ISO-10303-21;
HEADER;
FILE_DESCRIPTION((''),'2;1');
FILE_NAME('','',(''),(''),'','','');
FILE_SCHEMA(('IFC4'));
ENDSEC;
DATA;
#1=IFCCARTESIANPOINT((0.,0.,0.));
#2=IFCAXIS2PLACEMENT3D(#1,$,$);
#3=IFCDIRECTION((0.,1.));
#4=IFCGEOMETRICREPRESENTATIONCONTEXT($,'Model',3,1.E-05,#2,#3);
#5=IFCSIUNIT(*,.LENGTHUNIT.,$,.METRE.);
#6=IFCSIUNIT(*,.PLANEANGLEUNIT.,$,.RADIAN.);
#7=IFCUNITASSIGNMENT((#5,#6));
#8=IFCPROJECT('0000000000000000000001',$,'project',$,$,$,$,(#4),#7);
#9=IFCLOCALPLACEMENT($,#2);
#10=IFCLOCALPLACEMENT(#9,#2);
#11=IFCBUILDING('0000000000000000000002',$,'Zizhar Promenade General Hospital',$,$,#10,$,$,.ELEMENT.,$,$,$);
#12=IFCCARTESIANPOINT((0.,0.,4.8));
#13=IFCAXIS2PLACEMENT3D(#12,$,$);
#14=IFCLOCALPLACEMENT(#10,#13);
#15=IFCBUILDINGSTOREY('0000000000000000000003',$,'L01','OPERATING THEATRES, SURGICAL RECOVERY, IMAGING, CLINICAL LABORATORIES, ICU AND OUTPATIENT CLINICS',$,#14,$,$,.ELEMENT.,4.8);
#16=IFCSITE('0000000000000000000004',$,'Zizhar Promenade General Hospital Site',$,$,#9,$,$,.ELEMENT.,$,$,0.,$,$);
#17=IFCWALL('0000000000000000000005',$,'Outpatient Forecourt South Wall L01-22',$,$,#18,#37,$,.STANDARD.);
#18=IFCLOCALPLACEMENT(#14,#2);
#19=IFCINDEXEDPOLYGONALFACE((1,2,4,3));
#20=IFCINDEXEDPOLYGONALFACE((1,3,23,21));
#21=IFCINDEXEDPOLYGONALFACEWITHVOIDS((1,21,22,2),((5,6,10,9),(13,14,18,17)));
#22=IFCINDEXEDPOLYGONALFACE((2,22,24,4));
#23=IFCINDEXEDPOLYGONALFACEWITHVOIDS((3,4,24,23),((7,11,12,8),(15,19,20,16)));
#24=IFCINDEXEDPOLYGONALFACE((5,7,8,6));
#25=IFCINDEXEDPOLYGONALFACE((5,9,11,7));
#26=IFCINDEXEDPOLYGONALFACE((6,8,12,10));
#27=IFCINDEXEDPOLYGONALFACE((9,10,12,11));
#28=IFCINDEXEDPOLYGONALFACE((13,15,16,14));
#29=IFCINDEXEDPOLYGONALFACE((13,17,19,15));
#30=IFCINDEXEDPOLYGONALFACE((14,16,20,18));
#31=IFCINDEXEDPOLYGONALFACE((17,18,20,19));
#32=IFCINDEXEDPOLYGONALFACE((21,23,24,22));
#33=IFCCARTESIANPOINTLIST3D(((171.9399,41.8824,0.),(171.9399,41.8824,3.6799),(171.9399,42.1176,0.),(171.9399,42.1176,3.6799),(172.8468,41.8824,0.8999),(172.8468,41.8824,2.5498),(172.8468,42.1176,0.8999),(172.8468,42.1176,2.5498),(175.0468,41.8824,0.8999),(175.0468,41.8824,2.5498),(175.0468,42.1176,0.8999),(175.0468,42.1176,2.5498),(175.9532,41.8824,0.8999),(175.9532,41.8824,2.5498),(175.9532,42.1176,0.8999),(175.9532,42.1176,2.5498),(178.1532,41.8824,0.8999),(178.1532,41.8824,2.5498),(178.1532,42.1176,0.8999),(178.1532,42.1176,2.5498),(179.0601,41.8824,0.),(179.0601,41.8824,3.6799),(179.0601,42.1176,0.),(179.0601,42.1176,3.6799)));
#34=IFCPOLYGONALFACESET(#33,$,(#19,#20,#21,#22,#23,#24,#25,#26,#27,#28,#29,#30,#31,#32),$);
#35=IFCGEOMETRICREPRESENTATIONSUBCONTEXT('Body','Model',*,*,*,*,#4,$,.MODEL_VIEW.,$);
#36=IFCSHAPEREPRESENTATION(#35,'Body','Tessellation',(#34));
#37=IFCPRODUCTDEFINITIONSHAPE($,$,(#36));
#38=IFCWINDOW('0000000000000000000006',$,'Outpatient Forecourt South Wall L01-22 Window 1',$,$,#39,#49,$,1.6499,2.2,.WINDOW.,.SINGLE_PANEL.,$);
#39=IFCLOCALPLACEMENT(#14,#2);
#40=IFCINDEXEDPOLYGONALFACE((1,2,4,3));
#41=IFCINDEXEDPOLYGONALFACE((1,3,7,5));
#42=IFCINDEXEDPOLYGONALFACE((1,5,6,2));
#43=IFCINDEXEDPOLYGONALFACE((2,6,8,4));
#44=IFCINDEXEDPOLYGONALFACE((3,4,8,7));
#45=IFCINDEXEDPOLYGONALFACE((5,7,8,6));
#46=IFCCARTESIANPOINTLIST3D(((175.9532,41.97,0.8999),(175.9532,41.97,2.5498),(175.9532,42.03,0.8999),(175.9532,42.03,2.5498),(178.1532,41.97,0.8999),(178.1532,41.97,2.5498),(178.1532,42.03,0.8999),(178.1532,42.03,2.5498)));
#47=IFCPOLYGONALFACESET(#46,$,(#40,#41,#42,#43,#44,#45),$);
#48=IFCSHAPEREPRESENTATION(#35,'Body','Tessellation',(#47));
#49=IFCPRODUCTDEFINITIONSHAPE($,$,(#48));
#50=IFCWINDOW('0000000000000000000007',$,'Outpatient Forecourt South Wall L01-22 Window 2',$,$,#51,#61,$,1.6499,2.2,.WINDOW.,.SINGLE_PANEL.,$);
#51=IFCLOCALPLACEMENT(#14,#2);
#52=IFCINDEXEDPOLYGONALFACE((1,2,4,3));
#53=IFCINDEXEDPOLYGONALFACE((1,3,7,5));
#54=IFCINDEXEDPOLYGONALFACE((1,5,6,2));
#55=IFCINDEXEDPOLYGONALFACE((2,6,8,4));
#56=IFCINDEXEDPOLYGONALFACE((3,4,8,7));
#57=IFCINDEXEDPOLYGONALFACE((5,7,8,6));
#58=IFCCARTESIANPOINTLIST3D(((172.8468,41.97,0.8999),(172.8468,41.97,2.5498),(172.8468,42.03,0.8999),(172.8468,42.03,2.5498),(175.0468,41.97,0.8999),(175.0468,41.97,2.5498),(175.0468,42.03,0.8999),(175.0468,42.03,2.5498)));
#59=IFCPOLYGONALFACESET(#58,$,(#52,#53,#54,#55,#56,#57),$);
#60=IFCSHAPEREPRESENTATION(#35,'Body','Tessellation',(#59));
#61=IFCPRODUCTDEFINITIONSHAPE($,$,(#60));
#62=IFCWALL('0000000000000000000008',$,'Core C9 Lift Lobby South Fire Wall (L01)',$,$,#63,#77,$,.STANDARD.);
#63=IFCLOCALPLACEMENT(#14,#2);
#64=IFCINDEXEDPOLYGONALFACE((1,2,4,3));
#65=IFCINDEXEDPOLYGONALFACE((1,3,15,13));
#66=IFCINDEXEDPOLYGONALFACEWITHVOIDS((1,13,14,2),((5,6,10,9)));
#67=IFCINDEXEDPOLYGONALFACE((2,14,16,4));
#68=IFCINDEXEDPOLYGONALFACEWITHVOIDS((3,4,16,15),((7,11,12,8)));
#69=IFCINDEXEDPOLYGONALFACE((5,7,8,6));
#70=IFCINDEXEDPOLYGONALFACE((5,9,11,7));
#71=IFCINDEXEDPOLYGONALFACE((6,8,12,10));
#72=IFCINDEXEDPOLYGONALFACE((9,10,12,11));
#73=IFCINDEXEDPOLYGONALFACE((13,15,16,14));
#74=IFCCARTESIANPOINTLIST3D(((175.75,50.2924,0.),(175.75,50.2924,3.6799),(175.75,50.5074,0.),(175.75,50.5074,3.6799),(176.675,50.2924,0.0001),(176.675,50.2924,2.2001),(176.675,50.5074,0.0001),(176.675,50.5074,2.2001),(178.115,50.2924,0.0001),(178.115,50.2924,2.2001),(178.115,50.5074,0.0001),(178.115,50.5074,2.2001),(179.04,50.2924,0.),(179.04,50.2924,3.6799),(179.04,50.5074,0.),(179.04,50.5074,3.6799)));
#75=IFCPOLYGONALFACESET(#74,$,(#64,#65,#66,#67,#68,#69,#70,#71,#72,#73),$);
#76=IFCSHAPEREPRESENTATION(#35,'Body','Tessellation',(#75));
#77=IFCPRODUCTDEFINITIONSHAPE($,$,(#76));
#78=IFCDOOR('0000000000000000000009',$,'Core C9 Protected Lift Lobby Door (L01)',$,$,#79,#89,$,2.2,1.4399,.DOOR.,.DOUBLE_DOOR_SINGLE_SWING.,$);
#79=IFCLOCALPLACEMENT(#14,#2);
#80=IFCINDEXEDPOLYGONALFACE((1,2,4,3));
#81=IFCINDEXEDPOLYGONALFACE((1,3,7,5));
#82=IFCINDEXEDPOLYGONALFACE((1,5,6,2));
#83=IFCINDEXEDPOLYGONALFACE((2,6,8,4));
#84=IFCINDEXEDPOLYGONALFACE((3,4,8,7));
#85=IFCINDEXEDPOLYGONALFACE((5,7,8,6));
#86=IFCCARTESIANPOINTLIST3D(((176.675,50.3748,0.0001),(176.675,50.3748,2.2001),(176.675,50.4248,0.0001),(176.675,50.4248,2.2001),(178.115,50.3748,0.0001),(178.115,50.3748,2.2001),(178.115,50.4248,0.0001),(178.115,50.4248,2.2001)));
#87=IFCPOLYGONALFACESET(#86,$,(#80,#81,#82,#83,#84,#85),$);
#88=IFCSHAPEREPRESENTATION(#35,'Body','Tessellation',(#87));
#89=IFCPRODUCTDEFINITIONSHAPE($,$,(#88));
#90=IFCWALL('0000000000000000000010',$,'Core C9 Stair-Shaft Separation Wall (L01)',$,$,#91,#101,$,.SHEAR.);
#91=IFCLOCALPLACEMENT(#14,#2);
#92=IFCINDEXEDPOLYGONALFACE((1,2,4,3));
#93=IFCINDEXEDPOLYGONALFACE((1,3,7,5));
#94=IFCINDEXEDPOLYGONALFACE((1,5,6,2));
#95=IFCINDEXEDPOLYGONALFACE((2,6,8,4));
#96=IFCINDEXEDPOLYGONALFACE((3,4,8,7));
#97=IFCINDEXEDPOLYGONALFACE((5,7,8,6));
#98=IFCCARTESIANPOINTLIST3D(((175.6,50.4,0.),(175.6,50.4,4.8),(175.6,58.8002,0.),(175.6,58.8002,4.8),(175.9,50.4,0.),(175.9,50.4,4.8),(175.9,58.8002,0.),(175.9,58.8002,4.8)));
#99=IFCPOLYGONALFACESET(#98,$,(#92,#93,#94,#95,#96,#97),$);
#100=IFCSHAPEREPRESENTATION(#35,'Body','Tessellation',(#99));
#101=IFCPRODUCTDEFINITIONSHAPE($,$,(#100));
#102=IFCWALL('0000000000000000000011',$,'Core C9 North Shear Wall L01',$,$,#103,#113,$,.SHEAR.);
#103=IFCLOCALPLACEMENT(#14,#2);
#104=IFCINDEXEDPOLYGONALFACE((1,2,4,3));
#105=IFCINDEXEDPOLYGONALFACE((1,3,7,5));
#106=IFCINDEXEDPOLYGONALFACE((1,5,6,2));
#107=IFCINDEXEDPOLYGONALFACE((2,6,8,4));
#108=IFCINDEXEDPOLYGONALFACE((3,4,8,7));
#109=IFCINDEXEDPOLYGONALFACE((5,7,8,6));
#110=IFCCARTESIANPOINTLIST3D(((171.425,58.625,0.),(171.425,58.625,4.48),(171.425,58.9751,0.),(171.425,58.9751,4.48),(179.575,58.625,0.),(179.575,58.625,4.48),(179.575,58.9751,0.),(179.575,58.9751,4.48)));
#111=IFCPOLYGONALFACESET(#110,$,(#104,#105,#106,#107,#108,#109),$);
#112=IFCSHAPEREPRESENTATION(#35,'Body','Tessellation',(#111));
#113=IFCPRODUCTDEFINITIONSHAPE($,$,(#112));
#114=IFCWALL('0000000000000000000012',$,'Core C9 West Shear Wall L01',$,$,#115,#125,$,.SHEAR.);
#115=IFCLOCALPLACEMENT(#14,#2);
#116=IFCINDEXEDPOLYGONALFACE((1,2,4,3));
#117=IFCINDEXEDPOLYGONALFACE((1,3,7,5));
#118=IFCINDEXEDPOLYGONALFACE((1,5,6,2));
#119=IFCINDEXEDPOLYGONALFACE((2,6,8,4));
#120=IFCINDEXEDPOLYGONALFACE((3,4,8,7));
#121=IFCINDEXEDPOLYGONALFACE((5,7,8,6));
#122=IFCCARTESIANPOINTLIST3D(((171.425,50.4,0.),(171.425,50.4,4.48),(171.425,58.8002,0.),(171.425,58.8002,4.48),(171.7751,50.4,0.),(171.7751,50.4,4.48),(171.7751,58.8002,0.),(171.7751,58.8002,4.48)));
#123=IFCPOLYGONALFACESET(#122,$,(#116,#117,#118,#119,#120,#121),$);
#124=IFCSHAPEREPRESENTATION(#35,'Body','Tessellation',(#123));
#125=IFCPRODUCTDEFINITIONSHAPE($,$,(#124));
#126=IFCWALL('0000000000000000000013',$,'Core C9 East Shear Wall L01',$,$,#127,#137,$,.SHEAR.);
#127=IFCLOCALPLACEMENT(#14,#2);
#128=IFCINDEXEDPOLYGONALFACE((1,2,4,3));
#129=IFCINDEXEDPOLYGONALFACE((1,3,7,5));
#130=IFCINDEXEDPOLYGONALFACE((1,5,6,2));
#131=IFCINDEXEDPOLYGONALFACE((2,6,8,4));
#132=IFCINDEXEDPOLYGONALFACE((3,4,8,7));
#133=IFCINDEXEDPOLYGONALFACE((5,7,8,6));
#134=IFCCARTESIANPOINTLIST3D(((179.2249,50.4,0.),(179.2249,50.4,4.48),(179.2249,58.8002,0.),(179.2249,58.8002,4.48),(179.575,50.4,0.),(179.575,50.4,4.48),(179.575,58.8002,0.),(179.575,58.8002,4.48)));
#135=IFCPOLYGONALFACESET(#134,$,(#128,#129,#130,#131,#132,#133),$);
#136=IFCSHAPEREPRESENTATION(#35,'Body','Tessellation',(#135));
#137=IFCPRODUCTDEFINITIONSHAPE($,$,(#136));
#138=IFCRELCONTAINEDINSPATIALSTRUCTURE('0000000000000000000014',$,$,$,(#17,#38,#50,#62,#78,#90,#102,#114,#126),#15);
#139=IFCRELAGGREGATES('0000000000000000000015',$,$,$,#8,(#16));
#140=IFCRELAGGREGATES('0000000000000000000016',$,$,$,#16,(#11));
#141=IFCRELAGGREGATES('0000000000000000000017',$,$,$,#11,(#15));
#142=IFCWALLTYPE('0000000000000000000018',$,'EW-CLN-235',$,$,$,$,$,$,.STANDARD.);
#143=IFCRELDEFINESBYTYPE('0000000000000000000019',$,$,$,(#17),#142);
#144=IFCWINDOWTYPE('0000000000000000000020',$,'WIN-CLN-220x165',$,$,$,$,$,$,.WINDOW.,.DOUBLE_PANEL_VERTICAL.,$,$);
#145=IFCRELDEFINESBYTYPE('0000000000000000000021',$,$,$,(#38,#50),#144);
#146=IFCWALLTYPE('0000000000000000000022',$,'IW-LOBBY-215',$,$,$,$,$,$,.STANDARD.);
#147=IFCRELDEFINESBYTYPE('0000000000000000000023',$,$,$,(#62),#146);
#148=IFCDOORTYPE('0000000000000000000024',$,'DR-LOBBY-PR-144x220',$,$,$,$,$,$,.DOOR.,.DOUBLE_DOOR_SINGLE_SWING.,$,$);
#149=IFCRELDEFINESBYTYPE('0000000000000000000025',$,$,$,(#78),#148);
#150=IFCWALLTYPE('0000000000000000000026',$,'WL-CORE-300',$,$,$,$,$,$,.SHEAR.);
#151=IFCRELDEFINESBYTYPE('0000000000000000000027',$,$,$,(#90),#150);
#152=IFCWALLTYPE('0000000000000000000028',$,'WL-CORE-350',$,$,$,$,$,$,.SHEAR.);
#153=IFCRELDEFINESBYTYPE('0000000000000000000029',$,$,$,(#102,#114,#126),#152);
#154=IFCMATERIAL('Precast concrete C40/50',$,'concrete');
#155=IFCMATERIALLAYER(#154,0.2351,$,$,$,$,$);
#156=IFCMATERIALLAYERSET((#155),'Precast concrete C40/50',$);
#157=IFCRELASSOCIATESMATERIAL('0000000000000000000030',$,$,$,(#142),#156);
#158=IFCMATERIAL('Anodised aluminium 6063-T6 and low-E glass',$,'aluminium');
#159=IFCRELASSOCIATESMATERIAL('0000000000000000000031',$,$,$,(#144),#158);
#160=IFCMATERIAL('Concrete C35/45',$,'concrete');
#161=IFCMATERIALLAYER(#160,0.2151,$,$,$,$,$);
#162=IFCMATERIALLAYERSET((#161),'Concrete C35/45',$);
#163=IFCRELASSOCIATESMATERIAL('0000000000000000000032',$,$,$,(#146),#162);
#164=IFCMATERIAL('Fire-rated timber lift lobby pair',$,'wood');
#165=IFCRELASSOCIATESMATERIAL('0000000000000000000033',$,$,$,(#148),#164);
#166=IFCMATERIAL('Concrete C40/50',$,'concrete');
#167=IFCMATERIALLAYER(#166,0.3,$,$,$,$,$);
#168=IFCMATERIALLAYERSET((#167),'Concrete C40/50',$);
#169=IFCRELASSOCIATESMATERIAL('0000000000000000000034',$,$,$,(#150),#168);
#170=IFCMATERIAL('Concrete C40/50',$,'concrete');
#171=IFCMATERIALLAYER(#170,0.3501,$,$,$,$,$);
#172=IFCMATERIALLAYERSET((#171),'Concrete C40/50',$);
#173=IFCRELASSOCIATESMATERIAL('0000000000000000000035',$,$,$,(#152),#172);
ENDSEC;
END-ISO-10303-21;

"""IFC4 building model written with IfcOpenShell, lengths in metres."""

from ifc_helpers import new_model, si_unit, direction, frame, frame_2d, origin, place, context, subcontext, project, spatial, rectangle, extrude, material, layer, layer_set, type_object, element, fill, save


model = new_model("IFC4")

# Units and contexts
model_context = context("Model", 3, precision=1e-05, world=origin(), true_north=direction((0.0, 1.0)))
body_context = subcontext(model_context, "Body", "Model", "MODEL_VIEW")
ifc_project = project(units=[si_unit("LENGTHUNIT", "METRE"), si_unit("PLANEANGLEUNIT", "RADIAN")], contexts=[model_context])

# Site, building, storey
site_placement = place(None, origin())
site = spatial("IfcSite", under=ifc_project, at=site_placement, Name="Zizhar Promenade General Hospital Site", CompositionType="ELEMENT", RefElevation=0.0)
building_placement = place(site_placement, origin())
building = spatial("IfcBuilding", under=site, at=building_placement, Name="Zizhar Promenade General Hospital", CompositionType="ELEMENT")
storey_placement = place(building_placement, frame((0.0, 0.0, 4.8)))
storey = spatial("IfcBuildingStorey", under=building, at=storey_placement, Name="L01", Description="OPERATING THEATRES, SURGICAL RECOVERY, IMAGING, CLINICAL LABORATORIES, ICU AND OUTPATIENT CLINICS", CompositionType="ELEMENT", Elevation=4.8)

# Wall, openings, windows
ifc_material_1 = material(Name="Precast concrete C40/50", Category="concrete")
ifc_layer_1 = layer(ifc_material_1, 0.2351)
ifc_layer_set_1 = layer_set([ifc_layer_1], Name="Precast concrete C40/50")
wall_type_1 = type_object("IfcWallType", Name="EW-CLN-235", PredefinedType="STANDARD", material=ifc_layer_set_1)
wall_1_placement = place(storey_placement, frame((179.0601, 42.0, 0.0), z_axis=(0.0, 0.0, 1.0), x_axis=(-1.0, 0.0, 0.0)))
wall_1 = element("IfcWall", 1, at=wall_1_placement, inside=storey, type_object=wall_type_1, Name="Outpatient Forecourt South Wall L01-22", PredefinedType="STANDARD", context=body_context, shape_type="SweptSolid", body=[
    extrude(rectangle(XDim=7.1201, YDim=0.2351, at=frame_2d((3.5601, 0.0))), origin(), (0.0, 0.0, 1.0), 3.6799),
])
opening_1_placement = place(wall_1_placement, frame((0.9067, 0.0, 0.8999)))
opening_1 = element("IfcOpeningElement", 2, at=opening_1_placement, cuts=wall_1, PredefinedType="OPENING", context=body_context, shape_type="SweptSolid", body=[
    extrude(rectangle(XDim=2.2, YDim=1.6499, at=frame_2d((1.1001, 0.825))), frame((0.0, 0.1274, 0.0), z_axis=(0.0, -1.0, 0.0), x_axis=(1.0, 0.0, 0.0)), (0.0, 0.0, 1.0), 0.2551),
])
opening_2_placement = place(wall_1_placement, frame((4.0132, 0.0, 0.8999)))
opening_2 = element("IfcOpeningElement", 3, at=opening_2_placement, cuts=wall_1, PredefinedType="OPENING", context=body_context, shape_type="SweptSolid", body=[
    extrude(rectangle(XDim=2.2, YDim=1.6499, at=frame_2d((1.1001, 0.825))), frame((0.0, 0.1274, 0.0), z_axis=(0.0, -1.0, 0.0), x_axis=(1.0, 0.0, 0.0)), (0.0, 0.0, 1.0), 0.2551),
])
ifc_material_2 = material(Name="Anodised aluminium 6063-T6 and low-E glass", Category="aluminium")
window_type = type_object("IfcWindowType", Name="WIN-CLN-220x165", PartitioningType="DOUBLE_PANEL_VERTICAL", PredefinedType="WINDOW", material=ifc_material_2)
window_1_placement = place(opening_1_placement, origin())
window_1 = element("IfcWindow", 4, at=window_1_placement, inside=storey, type_object=window_type, Name="Outpatient Forecourt South Wall L01-22 Window 1", OverallHeight=1.6499, OverallWidth=2.2, PartitioningType="SINGLE_PANEL", PredefinedType="WINDOW", context=body_context, shape_type="SweptSolid", body=[
    extrude(rectangle(XDim=2.2, YDim=1.6499, at=frame_2d((1.1001, 0.825))), frame((0.0, 0.03, 0.0), z_axis=(0.0, -1.0, 0.0), x_axis=(1.0, 0.0, 0.0)), (0.0, 0.0, 1.0), 0.0601),
])
fill(opening_1, window_1)
window_2_placement = place(opening_2_placement, origin())
window_2 = element("IfcWindow", 5, at=window_2_placement, inside=storey, type_object=window_type, Name="Outpatient Forecourt South Wall L01-22 Window 2", OverallHeight=1.6499, OverallWidth=2.2, PartitioningType="SINGLE_PANEL", PredefinedType="WINDOW", context=body_context, shape_type="SweptSolid", body=[
    extrude(rectangle(XDim=2.2, YDim=1.6499, at=frame_2d((1.1001, 0.825))), frame((0.0, 0.03, 0.0), z_axis=(0.0, -1.0, 0.0), x_axis=(1.0, 0.0, 0.0)), (0.0, 0.0, 1.0), 0.0601),
])
fill(opening_2, window_2)

# Wall, opening, door
ifc_material_3 = material(Name="Concrete C35/45", Category="concrete")
ifc_layer_2 = layer(ifc_material_3, 0.2151)
ifc_layer_set_2 = layer_set([ifc_layer_2], Name="Concrete C35/45")
wall_type_2 = type_object("IfcWallType", Name="IW-LOBBY-215", PredefinedType="STANDARD", material=ifc_layer_set_2)
wall_2_placement = place(storey_placement, frame((175.75, 50.3999, 0.0), z_axis=(0.0, 0.0, 1.0), x_axis=(1.0, 0.0, 0.0)))
wall_2 = element("IfcWall", 6, at=wall_2_placement, inside=storey, type_object=wall_type_2, Name="Core C9 Lift Lobby South Fire Wall (L01)", PredefinedType="STANDARD", context=body_context, shape_type="SweptSolid", body=[
    extrude(rectangle(XDim=3.29, YDim=0.2151, at=frame_2d((1.645, 0.0))), origin(), (0.0, 0.0, 1.0), 3.6799),
])
opening_3_placement = place(wall_2_placement, frame((0.925, 0.0, 0.0)))
opening_3 = element("IfcOpeningElement", 7, at=opening_3_placement, cuts=wall_2, PredefinedType="OPENING", context=body_context, shape_type="SweptSolid", body=[
    extrude(rectangle(XDim=1.4399, YDim=2.2, at=frame_2d((0.72, 1.1001))), frame((0.0, 0.1177, 0.0), z_axis=(0.0, -1.0, 0.0), x_axis=(1.0, 0.0, 0.0)), (0.0, 0.0, 1.0), 0.2351),
])
ifc_material_4 = material(Name="Fire-rated timber lift lobby pair", Category="wood")
door_type_1 = type_object("IfcDoorType", Name="DR-LOBBY-PR-144x220", OperationType="DOUBLE_DOOR_SINGLE_SWING", PredefinedType="DOOR", material=ifc_material_4)
door_1_placement = place(opening_3_placement, origin())
door_1 = element("IfcDoor", 8, at=door_1_placement, inside=storey, type_object=door_type_1, Name="Core C9 Protected Lift Lobby Door (L01)", OperationType="DOUBLE_DOOR_SINGLE_SWING", OverallHeight=2.2, OverallWidth=1.4399, PredefinedType="DOOR", context=body_context, shape_type="SweptSolid", body=[
    extrude(rectangle(XDim=1.4399, YDim=2.2, at=frame_2d((0.72, 1.1001))), frame((0.0, 0.0249, 0.0), z_axis=(0.0, -1.0, 0.0), x_axis=(1.0, 0.0, 0.0)), (0.0, 0.0, 1.0), 0.05),
])
fill(opening_3, door_1)
ifc_material_5 = material(Name="Concrete C40/50", Category="concrete")
ifc_layer_3 = layer(ifc_material_5, 0.3)
ifc_layer_set_3 = layer_set([ifc_layer_3], Name="Concrete C40/50")
wall_type_3 = type_object("IfcWallType", Name="WL-CORE-300", PredefinedType="SHEAR", material=ifc_layer_set_3)

# Walls
wall_3_placement = place(storey_placement, frame((175.75, 50.3999, 0.0), z_axis=(0.0, 0.0, 1.0), x_axis=(0.0, 1.0, 0.0)))
element("IfcWall", 9, at=wall_3_placement, inside=storey, type_object=wall_type_3, Name="Core C9 Stair-Shaft Separation Wall (L01)", PredefinedType="SHEAR", context=body_context, shape_type="SweptSolid", body=[
    extrude(rectangle(XDim=8.4001, YDim=0.3, at=frame_2d((4.2002, 0.0))), origin(), (0.0, 0.0, 1.0), 4.8),
])
ifc_material_6 = material(Name="Concrete C40/50", Category="concrete")
ifc_layer_4 = layer(ifc_material_6, 0.3501)
ifc_layer_set_4 = layer_set([ifc_layer_4], Name="Concrete C40/50")
wall_type_4 = type_object("IfcWallType", Name="WL-CORE-350", PredefinedType="SHEAR", material=ifc_layer_set_4)
wall_4_placement = place(storey_placement, frame((171.425, 58.8, 0.0), z_axis=(0.0, 0.0, 1.0), x_axis=(1.0, 0.0, 0.0)))
element("IfcWall", 10, at=wall_4_placement, inside=storey, type_object=wall_type_4, Name="Core C9 North Shear Wall L01", PredefinedType="SHEAR", context=body_context, shape_type="SweptSolid", body=[
    extrude(rectangle(XDim=8.1499, YDim=0.3501, at=frame_2d((4.075, 0.0))), origin(), (0.0, 0.0, 1.0), 4.48),
])
for number, where, z_axis, x_axis, name in (
    (11, (171.6001, 50.3999, 0.0), (0.0, 0.0, 1.0), (0.0, 1.0, 0.0), "Core C9 West Shear Wall L01"),
    (12, (179.3999, 50.3999, 0.0), (0.0, 0.0, 1.0), (0.0, 1.0, 0.0), "Core C9 East Shear Wall L01"),
):
    element("IfcWall", number, at=place(storey_placement, frame(where, z_axis=z_axis, x_axis=x_axis)), inside=storey, type_object=wall_type_4, Name=name, PredefinedType="SHEAR", context=body_context, shape_type="SweptSolid", body=[
        extrude(rectangle(XDim=8.4001, YDim=0.3501, at=frame_2d((4.2002, 0.0))), origin(), (0.0, 0.0, 1.0), 4.48),
    ])

save(model, "model.ifc")
